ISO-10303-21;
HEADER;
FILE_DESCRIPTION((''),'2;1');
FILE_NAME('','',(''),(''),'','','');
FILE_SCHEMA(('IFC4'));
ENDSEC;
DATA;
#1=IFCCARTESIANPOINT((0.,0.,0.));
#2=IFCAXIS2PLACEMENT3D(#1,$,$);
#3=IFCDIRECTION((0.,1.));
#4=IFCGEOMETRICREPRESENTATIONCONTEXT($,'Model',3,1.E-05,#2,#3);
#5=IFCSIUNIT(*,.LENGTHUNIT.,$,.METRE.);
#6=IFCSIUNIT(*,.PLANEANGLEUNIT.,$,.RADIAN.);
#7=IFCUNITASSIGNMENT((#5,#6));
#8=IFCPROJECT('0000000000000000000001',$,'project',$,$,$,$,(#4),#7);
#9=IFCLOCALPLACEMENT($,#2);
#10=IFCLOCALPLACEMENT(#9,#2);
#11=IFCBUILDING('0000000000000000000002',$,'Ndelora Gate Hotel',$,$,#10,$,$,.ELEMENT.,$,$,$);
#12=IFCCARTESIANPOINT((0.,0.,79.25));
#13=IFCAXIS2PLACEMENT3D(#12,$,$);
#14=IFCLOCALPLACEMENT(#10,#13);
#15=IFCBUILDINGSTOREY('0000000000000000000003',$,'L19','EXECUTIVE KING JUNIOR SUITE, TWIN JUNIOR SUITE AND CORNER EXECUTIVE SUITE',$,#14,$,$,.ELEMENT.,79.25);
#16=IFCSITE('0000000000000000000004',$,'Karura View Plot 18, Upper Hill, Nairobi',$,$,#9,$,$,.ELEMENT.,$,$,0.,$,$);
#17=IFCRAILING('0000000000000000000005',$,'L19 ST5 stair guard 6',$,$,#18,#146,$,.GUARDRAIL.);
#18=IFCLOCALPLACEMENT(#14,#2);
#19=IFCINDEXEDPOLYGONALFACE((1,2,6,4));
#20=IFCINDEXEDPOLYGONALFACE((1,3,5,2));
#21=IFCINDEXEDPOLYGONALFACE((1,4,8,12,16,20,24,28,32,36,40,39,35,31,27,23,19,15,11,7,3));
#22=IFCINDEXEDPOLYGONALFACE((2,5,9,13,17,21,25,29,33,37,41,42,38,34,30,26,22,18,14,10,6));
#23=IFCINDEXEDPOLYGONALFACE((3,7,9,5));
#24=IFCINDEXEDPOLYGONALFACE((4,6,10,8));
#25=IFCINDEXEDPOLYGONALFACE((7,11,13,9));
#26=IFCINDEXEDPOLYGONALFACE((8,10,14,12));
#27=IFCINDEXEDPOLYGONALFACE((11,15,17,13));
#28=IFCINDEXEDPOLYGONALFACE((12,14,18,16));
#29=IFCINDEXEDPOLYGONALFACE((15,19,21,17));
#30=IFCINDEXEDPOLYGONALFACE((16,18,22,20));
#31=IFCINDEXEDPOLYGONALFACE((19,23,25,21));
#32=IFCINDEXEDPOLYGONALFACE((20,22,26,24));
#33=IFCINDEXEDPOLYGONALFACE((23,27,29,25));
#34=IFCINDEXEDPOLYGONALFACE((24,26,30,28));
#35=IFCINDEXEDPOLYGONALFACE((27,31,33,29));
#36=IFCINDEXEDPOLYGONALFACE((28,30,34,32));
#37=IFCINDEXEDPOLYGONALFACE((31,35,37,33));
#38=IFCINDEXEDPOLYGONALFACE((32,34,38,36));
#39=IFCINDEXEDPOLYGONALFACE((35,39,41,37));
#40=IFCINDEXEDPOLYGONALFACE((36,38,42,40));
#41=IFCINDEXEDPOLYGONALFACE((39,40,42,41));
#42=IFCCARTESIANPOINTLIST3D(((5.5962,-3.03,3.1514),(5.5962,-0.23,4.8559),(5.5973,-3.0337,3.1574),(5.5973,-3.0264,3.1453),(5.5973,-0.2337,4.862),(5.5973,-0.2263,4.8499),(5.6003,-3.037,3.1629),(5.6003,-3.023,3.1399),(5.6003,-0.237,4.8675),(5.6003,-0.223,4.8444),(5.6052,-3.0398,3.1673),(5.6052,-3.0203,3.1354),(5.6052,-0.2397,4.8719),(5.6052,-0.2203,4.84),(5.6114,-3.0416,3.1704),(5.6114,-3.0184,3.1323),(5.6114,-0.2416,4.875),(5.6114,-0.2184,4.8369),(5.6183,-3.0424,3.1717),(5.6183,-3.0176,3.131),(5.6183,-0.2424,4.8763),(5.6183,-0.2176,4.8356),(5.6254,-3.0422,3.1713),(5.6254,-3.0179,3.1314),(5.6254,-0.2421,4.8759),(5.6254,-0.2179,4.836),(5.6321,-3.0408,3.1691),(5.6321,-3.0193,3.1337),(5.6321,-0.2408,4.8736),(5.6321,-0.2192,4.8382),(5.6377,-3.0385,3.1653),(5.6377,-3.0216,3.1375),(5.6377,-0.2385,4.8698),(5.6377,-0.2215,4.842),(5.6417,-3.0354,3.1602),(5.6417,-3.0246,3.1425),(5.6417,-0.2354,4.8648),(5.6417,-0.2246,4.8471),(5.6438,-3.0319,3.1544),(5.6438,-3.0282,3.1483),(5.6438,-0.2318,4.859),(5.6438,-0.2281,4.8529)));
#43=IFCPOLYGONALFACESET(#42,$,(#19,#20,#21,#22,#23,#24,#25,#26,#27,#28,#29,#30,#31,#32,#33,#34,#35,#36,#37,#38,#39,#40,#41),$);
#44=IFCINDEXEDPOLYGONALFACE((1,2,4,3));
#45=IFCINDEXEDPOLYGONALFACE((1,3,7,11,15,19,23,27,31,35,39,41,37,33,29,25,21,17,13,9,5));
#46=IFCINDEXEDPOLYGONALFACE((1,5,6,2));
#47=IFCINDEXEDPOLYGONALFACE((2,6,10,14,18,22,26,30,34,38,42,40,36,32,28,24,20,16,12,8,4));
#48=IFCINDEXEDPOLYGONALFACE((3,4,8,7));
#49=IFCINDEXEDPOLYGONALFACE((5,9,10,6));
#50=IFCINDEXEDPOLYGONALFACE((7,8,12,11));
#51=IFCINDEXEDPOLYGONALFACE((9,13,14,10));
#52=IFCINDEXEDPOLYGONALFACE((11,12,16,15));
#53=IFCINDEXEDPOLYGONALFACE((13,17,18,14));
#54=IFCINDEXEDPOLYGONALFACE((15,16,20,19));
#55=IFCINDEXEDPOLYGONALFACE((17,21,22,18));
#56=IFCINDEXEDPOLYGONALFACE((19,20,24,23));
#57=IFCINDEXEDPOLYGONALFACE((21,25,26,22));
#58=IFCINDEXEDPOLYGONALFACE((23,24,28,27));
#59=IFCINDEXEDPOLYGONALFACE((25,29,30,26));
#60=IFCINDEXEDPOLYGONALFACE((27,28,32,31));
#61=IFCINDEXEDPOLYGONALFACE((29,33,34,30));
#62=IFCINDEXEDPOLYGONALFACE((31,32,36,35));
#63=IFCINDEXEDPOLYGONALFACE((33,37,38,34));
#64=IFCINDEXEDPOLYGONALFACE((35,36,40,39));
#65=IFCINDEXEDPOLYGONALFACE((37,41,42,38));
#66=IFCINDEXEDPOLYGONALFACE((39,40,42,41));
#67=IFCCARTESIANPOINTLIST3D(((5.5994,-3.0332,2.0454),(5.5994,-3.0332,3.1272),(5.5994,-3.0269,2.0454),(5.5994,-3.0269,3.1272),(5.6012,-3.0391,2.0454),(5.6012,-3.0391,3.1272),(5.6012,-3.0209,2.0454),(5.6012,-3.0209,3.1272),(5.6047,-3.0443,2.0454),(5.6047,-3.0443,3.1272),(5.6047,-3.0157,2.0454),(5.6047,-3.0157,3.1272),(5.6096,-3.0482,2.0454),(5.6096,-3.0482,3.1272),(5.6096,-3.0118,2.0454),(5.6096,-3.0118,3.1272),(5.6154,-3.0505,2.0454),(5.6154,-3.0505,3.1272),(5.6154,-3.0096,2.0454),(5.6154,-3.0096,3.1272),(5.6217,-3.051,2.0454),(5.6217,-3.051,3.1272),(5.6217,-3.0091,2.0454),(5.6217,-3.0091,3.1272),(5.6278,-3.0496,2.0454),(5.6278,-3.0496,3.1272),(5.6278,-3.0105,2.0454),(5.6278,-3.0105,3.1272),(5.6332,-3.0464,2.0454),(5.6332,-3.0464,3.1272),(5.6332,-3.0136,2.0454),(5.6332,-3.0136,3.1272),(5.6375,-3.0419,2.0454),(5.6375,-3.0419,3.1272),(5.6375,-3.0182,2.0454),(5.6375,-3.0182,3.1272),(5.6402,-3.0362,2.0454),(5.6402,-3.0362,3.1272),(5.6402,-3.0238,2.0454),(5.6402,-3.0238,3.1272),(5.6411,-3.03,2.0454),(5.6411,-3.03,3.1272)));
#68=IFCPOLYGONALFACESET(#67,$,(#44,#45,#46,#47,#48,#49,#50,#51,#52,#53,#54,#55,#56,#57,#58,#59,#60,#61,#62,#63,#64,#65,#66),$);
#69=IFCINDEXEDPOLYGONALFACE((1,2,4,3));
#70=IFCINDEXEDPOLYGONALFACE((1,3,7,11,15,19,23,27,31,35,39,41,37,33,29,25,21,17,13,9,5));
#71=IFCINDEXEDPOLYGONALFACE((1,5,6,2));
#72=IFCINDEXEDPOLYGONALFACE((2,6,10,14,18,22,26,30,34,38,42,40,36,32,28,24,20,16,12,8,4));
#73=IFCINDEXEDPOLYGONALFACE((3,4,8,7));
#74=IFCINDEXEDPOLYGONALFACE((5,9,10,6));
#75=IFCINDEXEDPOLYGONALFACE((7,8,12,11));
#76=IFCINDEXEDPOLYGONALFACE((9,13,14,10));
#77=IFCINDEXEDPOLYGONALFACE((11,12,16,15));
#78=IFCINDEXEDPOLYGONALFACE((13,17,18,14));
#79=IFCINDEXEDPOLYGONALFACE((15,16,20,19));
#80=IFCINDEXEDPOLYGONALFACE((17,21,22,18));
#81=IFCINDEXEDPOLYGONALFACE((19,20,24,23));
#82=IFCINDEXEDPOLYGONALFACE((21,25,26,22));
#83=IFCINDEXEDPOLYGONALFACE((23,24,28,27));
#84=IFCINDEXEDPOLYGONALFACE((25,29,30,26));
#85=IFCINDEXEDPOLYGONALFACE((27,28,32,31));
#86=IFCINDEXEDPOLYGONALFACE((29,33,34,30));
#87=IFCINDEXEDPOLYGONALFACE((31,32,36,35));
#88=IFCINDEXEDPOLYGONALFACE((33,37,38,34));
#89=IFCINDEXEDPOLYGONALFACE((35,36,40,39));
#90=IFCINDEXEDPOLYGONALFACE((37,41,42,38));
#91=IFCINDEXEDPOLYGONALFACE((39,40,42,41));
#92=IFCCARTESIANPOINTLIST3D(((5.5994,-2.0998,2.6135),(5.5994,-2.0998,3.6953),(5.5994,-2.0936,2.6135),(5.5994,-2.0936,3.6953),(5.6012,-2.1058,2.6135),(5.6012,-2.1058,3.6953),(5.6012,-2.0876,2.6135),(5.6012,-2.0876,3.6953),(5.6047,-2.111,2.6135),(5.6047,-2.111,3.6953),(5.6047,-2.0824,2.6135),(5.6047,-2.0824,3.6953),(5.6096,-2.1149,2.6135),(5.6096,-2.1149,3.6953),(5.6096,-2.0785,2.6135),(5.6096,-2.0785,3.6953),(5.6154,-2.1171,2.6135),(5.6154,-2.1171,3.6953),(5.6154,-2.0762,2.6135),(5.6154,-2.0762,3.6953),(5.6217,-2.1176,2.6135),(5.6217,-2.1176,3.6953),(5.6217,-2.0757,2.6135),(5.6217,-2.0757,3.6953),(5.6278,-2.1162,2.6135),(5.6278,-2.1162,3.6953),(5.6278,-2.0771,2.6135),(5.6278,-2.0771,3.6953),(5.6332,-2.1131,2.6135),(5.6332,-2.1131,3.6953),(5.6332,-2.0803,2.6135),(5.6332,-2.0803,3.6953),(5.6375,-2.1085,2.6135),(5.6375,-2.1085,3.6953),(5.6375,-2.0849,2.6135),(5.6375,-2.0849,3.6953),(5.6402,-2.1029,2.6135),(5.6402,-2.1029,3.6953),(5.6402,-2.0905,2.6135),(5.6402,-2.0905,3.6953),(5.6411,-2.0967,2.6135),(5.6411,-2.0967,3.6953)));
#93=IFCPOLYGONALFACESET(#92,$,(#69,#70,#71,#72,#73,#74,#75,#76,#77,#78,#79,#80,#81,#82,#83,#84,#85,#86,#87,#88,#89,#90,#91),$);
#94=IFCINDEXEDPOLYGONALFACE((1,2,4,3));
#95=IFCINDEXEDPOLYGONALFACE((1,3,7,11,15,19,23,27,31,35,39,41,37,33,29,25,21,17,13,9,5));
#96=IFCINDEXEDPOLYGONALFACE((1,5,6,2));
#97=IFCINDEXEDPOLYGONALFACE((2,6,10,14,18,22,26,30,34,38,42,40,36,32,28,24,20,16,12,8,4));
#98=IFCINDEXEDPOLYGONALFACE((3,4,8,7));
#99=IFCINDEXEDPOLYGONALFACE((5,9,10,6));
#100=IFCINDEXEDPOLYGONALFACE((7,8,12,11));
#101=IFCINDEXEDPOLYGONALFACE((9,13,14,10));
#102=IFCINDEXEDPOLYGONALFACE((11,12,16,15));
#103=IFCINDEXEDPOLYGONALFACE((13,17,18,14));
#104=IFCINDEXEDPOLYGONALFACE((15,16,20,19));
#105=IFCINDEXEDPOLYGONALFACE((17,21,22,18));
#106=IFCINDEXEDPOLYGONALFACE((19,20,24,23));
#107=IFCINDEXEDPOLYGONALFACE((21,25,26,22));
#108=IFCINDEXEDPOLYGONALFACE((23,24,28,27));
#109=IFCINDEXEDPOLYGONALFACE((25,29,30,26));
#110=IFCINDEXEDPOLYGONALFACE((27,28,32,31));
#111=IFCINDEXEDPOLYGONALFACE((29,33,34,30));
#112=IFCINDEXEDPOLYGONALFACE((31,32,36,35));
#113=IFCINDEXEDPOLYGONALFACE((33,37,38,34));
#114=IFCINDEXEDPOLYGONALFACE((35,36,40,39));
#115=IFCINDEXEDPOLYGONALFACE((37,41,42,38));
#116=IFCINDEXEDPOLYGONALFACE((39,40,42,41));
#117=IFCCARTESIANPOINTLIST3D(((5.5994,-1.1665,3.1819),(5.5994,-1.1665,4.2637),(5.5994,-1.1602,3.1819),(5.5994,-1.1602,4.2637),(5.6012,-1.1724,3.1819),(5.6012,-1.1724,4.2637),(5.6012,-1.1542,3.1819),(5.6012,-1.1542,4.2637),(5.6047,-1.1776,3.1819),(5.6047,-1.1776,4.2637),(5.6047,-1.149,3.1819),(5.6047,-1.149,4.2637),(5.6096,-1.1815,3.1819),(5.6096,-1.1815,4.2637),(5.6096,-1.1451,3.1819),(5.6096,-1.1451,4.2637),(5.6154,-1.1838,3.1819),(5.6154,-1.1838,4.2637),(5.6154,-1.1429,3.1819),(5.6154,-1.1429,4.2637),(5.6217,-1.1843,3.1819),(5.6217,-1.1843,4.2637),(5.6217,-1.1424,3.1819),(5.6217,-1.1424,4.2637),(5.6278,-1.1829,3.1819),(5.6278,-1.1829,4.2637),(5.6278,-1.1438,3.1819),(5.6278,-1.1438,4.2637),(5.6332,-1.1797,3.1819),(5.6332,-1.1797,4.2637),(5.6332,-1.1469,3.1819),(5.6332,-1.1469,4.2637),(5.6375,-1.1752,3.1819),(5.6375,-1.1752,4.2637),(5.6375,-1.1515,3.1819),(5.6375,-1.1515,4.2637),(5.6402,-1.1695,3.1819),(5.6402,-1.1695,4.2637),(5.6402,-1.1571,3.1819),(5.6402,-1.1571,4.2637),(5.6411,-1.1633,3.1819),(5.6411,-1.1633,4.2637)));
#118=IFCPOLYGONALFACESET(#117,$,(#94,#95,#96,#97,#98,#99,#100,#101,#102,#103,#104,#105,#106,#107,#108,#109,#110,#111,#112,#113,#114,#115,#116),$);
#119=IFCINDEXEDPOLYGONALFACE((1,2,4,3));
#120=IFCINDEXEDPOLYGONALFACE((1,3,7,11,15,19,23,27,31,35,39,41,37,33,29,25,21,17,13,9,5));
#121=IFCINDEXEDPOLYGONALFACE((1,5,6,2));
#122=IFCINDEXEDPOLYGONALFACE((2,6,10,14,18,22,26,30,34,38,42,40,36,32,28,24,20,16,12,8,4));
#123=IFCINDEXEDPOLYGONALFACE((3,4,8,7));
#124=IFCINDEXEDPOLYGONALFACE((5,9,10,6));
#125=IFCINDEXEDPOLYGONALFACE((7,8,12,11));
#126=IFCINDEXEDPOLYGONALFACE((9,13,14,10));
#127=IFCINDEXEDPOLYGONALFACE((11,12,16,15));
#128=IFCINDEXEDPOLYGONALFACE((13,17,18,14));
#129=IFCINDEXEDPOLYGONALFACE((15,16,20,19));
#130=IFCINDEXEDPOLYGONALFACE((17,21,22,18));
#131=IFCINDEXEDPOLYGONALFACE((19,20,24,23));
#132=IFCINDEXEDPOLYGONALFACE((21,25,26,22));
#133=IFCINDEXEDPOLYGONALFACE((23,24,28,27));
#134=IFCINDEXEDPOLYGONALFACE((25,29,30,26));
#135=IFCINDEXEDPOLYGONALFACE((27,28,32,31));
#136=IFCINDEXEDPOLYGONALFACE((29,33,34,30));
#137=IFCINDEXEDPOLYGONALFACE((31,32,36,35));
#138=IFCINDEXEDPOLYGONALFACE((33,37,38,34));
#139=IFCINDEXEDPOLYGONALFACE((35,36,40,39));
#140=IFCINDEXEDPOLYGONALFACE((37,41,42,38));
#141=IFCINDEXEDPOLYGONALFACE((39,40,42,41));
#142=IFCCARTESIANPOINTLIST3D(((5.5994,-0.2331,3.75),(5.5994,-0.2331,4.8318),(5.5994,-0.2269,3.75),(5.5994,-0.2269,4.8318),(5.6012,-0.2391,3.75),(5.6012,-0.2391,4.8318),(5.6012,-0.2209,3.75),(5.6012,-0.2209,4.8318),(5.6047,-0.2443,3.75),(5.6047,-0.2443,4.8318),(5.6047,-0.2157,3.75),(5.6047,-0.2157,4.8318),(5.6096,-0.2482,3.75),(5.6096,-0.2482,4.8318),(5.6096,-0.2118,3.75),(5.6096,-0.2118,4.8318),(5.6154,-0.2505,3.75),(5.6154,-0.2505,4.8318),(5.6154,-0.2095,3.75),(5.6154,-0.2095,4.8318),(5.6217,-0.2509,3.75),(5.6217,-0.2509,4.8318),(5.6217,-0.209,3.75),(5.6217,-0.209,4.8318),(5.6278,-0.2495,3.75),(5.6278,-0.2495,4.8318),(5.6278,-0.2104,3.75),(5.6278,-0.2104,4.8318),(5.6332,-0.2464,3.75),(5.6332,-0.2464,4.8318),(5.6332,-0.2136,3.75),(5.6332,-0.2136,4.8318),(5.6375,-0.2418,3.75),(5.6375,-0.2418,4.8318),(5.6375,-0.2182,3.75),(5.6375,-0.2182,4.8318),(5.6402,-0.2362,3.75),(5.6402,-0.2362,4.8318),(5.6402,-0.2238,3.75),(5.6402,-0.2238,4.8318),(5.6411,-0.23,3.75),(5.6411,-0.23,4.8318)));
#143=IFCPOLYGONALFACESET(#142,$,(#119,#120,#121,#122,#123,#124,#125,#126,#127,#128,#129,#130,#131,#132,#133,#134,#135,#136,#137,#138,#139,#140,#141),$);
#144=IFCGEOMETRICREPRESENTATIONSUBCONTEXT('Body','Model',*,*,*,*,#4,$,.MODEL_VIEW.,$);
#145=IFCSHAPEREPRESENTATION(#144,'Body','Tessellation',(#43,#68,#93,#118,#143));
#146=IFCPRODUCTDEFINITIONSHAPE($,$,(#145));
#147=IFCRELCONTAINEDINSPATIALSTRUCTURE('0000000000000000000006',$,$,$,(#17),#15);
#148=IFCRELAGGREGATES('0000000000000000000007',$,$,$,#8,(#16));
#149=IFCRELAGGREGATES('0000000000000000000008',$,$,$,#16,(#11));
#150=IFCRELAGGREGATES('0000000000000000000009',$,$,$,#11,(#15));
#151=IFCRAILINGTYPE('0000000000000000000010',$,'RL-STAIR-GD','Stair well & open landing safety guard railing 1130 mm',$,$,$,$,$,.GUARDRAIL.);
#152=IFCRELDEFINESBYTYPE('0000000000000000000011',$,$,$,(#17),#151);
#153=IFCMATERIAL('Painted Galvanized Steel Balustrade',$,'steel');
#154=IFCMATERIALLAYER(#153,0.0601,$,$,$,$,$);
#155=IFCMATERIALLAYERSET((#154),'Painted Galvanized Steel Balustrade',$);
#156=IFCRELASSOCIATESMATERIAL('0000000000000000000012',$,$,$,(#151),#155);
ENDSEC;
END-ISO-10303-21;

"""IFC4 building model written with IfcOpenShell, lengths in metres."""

from ifc_helpers import new_model, si_unit, direction, frame, origin, origin_2d, place, context, subcontext, project, spatial, circle, extrude, material, layer, layer_set, type_object, element, save


model = new_model("IFC4")

# Units and contexts
model_context = context("Model", 3, precision=1e-05, world=origin(), true_north=direction((0.0, 1.0)))
body_context = subcontext(model_context, "Body", "Model", "MODEL_VIEW")
ifc_project = project(units=[si_unit("LENGTHUNIT", "METRE"), si_unit("PLANEANGLEUNIT", "RADIAN")], contexts=[model_context])

# Site, building, storey
site_placement = place(None, origin())
site = spatial("IfcSite", under=ifc_project, at=site_placement, Name="Karura View Plot 18, Upper Hill, Nairobi", CompositionType="ELEMENT", RefElevation=0.0)
building_placement = place(site_placement, origin())
building = spatial("IfcBuilding", under=site, at=building_placement, Name="Ndelora Gate Hotel", CompositionType="ELEMENT")
storey_placement = place(building_placement, frame((0.0, 0.0, 79.25)))
storey = spatial("IfcBuildingStorey", under=building, at=storey_placement, Name="L19", Description="EXECUTIVE KING JUNIOR SUITE, TWIN JUNIOR SUITE AND CORNER EXECUTIVE SUITE", CompositionType="ELEMENT", Elevation=79.25)

# Railing
ifc_material_1 = material(Name="Painted Galvanized Steel Balustrade", Category="steel")
ifc_layer_1 = layer(ifc_material_1, 0.0601)
ifc_layer_set_1 = layer_set([ifc_layer_1], Name="Painted Galvanized Steel Balustrade")
railing_type = type_object("IfcRailingType", Name="RL-STAIR-GD", Description="Stair well & open landing safety guard railing 1130 mm", PredefinedType="GUARDRAIL", material=ifc_layer_set_1)
railing_1_placement = place(storey_placement, frame((5.6201, -3.03, 2.0454)))
element("IfcRailing", 1, at=railing_1_placement, inside=storey, type_object=railing_type, Name="L19 ST5 stair guard 6", PredefinedType="GUARDRAIL", context=body_context, shape_type="SweptSolid", body=[
    extrude(circle(Radius=0.0239, at=origin_2d()), frame((0.0, 0.0, 1.106), z_axis=(0.0, 0.85417, 0.519994), x_axis=(-1.0, 0.0, 0.0)), (0.0, 0.0, 1.0), 3.2781),
    extrude(circle(Radius=0.021, at=origin_2d()), origin(), (0.0, 0.0, 1.0), 1.0818),
    extrude(circle(Radius=0.021, at=origin_2d()), frame((0.0, 0.9333, 0.5681)), (0.0, 0.0, 1.0), 1.0818),
    extrude(circle(Radius=0.021, at=origin_2d()), frame((0.0, 1.8667, 1.1365)), (0.0, 0.0, 1.0), 1.0818),
    extrude(circle(Radius=0.021, at=origin_2d()), frame((0.0, 2.8, 1.7046)), (0.0, 0.0, 1.0), 1.0818),
])

save(model, "model.ifc")
